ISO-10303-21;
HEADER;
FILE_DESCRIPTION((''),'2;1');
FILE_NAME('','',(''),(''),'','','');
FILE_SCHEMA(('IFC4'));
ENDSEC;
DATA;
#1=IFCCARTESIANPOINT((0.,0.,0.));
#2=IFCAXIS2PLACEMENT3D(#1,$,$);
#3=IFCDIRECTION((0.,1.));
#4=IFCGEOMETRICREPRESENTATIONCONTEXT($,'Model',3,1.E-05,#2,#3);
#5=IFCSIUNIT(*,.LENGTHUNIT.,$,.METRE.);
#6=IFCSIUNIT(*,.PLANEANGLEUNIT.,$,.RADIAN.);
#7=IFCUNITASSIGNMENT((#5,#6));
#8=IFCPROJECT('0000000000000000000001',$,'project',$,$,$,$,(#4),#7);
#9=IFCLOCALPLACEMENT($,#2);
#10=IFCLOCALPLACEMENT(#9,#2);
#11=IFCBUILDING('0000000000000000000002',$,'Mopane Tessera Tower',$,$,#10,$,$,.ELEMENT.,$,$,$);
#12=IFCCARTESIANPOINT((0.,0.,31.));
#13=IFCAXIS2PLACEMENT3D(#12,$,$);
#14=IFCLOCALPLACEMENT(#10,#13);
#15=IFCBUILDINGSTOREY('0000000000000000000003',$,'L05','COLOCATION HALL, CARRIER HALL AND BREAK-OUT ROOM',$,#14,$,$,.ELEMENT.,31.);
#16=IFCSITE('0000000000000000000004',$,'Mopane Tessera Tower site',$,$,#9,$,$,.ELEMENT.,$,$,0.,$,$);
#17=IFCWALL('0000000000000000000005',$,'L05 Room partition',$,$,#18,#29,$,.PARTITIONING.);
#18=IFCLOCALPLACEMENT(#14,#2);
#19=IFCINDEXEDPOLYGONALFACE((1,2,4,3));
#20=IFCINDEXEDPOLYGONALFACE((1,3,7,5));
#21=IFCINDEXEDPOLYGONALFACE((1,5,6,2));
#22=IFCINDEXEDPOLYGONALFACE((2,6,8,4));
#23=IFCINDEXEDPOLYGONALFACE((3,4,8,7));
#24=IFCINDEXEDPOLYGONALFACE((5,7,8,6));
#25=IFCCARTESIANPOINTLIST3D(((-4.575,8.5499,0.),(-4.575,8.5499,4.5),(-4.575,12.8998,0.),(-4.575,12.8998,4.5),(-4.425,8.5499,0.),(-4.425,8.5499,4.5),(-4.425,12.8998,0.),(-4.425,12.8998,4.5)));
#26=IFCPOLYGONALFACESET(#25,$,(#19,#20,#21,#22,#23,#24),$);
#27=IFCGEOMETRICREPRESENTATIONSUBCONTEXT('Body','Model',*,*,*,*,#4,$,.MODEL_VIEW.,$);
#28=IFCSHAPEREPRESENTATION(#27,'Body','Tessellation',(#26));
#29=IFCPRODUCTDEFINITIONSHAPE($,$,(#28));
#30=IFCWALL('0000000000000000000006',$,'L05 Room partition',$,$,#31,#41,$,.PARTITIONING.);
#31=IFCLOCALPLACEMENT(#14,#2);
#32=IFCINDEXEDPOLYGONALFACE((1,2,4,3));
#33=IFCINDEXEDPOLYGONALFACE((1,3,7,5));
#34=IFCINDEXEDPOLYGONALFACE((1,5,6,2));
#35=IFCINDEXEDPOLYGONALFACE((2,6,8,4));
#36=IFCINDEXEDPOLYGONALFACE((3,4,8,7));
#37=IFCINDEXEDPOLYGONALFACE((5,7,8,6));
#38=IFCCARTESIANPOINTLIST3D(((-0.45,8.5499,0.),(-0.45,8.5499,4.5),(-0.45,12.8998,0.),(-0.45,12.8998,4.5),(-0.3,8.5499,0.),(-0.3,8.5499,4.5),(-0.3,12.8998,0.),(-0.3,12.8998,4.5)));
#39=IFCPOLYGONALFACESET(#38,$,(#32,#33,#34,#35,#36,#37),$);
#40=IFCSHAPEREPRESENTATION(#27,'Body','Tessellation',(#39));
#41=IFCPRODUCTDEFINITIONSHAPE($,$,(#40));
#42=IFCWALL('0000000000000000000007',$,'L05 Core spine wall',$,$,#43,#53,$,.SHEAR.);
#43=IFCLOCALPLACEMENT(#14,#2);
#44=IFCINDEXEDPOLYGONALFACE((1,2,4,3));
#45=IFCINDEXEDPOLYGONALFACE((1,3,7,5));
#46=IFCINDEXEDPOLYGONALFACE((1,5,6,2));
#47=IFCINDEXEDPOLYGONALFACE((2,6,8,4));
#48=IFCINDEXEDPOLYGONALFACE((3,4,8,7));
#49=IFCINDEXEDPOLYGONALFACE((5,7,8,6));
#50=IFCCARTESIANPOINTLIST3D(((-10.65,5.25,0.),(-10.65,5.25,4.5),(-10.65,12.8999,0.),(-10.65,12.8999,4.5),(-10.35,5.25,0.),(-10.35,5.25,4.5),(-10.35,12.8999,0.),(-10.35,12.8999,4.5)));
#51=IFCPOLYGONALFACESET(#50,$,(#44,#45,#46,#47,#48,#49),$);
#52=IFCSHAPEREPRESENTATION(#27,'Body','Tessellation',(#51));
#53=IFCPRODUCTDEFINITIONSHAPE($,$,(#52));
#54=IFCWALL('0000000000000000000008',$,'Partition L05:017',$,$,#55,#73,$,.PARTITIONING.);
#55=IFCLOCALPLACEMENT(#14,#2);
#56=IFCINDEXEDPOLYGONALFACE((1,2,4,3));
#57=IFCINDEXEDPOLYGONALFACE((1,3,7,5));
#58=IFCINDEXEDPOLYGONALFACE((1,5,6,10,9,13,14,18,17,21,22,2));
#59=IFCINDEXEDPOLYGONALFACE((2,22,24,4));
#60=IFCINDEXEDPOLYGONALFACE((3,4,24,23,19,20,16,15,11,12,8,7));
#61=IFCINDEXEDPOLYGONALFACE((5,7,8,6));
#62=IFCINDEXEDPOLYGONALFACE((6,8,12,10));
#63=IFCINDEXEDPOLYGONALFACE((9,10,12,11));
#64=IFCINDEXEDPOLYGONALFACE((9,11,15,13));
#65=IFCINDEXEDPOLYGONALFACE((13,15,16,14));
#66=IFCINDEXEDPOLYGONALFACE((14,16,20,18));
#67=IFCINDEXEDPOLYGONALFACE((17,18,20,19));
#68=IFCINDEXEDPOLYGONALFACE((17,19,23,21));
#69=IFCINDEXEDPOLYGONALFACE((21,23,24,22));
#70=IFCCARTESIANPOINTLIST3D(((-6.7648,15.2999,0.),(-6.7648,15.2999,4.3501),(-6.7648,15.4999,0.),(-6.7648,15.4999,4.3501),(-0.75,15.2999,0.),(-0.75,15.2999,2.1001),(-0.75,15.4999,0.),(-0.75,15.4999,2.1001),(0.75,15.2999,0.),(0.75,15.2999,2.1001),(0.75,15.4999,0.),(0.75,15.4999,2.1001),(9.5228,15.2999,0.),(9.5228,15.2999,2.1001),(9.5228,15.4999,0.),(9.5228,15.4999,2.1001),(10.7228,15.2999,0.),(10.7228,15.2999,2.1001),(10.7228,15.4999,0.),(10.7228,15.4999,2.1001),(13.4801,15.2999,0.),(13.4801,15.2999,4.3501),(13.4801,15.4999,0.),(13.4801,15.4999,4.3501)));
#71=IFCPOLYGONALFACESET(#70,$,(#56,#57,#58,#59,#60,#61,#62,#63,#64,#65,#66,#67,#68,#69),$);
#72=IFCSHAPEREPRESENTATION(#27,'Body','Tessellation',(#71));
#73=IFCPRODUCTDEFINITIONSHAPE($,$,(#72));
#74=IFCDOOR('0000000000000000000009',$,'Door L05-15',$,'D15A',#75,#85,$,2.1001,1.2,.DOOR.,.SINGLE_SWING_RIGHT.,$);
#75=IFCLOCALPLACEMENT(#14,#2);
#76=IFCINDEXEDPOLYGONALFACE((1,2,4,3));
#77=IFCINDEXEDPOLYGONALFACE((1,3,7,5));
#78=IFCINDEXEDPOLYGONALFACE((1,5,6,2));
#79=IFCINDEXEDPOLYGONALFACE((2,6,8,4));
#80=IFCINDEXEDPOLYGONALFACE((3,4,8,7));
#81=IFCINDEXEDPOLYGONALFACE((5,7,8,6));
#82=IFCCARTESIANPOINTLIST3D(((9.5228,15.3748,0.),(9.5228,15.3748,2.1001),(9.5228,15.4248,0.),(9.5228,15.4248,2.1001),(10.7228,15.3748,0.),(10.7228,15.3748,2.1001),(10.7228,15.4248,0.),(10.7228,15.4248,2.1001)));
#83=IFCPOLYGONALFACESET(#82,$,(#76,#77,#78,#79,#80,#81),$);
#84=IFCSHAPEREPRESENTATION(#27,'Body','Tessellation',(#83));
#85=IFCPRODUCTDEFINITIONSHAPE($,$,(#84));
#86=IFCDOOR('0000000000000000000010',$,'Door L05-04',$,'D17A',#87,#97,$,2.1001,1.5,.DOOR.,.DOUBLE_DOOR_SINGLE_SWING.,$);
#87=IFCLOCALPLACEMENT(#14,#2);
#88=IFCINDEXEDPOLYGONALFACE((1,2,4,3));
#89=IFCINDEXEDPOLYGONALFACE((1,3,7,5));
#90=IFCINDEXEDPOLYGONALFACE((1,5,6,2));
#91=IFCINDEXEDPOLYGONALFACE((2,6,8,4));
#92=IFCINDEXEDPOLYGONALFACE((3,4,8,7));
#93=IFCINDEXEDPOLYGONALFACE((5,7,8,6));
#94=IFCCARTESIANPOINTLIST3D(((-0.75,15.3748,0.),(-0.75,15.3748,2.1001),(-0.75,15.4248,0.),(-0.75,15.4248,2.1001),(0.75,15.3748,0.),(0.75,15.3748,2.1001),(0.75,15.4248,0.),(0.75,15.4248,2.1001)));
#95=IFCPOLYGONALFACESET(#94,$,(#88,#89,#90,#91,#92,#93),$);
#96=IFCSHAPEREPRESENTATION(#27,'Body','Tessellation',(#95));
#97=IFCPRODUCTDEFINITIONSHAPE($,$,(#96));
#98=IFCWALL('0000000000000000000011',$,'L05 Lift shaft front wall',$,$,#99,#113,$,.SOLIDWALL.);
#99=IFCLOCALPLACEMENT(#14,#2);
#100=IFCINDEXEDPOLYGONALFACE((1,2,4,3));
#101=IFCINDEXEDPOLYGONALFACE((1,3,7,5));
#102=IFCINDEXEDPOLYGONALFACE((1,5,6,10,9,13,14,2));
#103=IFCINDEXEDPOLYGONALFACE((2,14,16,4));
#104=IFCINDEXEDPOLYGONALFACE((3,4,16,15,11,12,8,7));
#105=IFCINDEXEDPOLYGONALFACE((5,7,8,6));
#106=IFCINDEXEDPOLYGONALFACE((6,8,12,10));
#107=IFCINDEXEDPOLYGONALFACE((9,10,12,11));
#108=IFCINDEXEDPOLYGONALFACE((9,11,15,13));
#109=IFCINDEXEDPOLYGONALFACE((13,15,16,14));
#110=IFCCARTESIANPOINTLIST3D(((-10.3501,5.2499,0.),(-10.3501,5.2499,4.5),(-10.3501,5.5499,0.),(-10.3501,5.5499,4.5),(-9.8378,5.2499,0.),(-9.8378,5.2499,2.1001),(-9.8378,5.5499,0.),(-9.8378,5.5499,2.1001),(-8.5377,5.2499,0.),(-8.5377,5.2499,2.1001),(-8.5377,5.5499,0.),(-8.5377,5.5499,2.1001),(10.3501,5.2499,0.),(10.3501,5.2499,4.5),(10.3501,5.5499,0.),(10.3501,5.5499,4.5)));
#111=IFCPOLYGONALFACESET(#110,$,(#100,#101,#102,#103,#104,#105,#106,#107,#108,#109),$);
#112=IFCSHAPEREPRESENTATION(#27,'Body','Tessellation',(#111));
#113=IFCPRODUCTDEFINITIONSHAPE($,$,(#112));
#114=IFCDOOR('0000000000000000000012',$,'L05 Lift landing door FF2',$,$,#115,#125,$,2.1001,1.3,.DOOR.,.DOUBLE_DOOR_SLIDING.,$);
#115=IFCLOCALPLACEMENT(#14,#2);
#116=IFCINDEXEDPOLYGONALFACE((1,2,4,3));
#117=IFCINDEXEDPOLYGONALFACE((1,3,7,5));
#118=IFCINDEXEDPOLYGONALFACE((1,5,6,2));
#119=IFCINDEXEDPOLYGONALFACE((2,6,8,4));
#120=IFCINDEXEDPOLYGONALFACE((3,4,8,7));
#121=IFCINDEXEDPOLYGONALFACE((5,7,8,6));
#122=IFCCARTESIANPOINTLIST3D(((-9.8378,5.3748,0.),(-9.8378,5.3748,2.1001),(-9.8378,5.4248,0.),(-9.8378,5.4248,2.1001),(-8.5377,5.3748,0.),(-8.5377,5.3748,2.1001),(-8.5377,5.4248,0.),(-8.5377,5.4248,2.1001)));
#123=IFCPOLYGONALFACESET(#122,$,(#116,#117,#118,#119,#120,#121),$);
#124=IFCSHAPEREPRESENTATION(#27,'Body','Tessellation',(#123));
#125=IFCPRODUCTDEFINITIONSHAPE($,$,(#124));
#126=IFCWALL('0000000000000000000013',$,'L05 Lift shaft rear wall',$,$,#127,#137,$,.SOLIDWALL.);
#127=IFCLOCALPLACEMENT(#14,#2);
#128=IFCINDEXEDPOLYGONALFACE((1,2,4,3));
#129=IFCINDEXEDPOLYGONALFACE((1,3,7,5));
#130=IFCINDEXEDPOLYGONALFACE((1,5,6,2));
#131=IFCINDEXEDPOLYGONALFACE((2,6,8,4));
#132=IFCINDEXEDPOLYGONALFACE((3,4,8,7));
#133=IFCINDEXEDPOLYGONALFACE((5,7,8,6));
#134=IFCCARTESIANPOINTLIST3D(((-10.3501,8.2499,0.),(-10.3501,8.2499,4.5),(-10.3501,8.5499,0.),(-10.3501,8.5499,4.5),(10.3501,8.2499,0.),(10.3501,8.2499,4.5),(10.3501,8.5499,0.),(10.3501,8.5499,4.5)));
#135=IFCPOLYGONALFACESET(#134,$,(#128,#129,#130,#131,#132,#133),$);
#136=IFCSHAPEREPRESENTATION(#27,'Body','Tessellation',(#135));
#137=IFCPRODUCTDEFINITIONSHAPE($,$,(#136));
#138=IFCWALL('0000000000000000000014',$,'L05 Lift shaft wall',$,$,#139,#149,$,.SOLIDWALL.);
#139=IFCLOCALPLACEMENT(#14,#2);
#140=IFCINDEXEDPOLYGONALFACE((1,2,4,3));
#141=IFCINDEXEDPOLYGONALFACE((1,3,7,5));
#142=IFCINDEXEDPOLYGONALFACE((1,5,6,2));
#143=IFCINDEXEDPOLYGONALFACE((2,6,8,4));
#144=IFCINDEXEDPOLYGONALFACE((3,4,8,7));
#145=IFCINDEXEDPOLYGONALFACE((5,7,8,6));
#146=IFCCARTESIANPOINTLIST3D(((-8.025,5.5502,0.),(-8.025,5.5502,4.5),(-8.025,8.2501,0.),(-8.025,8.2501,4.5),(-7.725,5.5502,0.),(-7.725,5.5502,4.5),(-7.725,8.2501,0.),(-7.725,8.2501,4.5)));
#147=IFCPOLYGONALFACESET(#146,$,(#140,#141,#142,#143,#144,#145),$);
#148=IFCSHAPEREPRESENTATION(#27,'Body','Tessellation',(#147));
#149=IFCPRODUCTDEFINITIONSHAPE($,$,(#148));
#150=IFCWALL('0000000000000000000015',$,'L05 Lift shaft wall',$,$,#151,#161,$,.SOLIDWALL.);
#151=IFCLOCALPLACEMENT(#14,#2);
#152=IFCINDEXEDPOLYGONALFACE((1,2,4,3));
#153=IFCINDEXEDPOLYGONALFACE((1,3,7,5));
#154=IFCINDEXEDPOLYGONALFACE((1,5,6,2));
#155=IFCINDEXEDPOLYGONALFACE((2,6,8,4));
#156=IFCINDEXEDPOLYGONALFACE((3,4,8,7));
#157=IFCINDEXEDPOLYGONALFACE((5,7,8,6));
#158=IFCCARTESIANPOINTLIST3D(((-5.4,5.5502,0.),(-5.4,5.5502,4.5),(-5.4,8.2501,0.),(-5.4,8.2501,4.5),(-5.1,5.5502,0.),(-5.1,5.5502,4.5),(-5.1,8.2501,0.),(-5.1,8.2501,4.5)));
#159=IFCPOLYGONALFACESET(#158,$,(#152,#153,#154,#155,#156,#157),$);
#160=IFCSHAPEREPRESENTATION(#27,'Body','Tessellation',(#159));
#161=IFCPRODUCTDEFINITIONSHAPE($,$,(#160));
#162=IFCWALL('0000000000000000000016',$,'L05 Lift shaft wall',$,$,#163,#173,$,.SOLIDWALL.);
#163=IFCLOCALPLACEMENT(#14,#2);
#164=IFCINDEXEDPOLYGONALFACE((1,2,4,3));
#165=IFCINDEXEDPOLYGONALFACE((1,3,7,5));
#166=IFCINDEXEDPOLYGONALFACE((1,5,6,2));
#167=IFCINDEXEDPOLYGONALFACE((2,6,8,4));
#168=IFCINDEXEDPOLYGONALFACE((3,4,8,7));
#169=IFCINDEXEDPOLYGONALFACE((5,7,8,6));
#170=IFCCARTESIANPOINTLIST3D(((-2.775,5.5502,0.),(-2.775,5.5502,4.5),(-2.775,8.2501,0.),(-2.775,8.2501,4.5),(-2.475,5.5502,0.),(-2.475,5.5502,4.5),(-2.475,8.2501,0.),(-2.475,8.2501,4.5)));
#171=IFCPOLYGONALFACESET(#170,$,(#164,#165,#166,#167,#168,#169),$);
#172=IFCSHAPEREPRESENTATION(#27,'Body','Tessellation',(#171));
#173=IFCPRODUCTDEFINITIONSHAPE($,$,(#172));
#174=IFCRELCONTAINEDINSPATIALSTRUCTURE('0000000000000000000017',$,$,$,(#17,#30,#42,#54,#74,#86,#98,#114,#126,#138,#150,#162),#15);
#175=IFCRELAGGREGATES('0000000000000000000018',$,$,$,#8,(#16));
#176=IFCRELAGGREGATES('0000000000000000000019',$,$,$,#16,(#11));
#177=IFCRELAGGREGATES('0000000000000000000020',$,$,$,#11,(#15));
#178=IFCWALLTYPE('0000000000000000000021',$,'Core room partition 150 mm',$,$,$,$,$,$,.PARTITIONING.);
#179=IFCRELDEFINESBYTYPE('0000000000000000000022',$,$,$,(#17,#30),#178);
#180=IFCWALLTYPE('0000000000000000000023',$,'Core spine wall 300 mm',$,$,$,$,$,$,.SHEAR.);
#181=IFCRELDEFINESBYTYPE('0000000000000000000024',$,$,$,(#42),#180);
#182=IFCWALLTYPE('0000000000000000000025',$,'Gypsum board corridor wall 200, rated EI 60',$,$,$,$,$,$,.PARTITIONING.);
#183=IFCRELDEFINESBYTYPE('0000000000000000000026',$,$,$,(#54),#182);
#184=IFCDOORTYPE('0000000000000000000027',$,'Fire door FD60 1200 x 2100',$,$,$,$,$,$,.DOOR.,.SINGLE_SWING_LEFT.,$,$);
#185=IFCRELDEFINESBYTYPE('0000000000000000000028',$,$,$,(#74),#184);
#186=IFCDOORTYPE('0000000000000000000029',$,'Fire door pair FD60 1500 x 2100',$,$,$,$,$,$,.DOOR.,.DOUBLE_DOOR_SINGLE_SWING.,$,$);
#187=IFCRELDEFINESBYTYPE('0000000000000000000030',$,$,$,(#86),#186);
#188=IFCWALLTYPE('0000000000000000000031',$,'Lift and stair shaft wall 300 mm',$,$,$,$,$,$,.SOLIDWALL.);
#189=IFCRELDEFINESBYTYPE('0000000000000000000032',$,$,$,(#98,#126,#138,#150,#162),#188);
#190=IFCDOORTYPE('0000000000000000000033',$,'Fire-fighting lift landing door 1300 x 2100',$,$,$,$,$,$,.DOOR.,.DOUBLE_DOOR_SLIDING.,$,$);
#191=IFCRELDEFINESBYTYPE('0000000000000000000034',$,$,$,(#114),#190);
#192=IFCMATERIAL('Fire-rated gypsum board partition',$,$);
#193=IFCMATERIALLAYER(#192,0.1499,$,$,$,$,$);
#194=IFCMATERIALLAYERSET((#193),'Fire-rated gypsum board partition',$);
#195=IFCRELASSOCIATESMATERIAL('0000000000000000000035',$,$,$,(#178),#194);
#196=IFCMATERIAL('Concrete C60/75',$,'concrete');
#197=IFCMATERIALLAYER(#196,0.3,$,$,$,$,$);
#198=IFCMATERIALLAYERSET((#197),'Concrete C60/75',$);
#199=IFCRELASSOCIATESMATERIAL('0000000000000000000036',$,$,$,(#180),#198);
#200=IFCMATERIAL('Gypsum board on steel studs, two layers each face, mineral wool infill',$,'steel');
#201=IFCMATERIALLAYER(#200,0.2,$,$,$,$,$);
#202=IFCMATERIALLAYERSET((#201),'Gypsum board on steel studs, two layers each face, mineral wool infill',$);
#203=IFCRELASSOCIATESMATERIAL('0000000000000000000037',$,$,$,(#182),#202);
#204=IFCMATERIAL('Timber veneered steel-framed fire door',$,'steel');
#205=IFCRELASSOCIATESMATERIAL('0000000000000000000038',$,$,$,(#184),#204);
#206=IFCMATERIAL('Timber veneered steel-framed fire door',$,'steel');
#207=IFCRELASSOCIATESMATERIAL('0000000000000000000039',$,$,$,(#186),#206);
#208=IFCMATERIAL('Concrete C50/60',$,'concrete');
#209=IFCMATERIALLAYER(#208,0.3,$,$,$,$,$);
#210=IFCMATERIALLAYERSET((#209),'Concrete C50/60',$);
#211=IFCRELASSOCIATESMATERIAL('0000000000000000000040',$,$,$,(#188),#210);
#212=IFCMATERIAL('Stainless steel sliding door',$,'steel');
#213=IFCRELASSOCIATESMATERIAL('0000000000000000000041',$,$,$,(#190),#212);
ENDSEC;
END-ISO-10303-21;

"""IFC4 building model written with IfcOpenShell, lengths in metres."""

from ifc_helpers import new_model, si_unit, direction, frame, frame_2d, origin, place, context, subcontext, project, spatial, rectangle, extrude, material, layer, layer_set, type_object, element, fill, save


model = new_model("IFC4")

# Units and contexts
model_context = context("Model", 3, precision=1e-05, world=origin(), true_north=direction((0.0, 1.0)))
body_context = subcontext(model_context, "Body", "Model", "MODEL_VIEW")
ifc_project = project(units=[si_unit("LENGTHUNIT", "METRE"), si_unit("PLANEANGLEUNIT", "RADIAN")], contexts=[model_context])

# Site, building, storey
site_placement = place(None, origin())
site = spatial("IfcSite", under=ifc_project, at=site_placement, Name="Mopane Tessera Tower site", CompositionType="ELEMENT", RefElevation=0.0)
building_placement = place(site_placement, origin())
building = spatial("IfcBuilding", under=site, at=building_placement, Name="Mopane Tessera Tower", CompositionType="ELEMENT")
storey_placement = place(building_placement, frame((0.0, 0.0, 31.0)))
storey = spatial("IfcBuildingStorey", under=building, at=storey_placement, Name="L05", Description="COLOCATION HALL, CARRIER HALL AND BREAK-OUT ROOM", CompositionType="ELEMENT", Elevation=31.0)

# Walls
ifc_material_1 = material(Name="Fire-rated gypsum board partition")
ifc_layer_1 = layer(ifc_material_1, 0.1499)
ifc_layer_set_1 = layer_set([ifc_layer_1], Name="Fire-rated gypsum board partition")
wall_type_1 = type_object("IfcWallType", Name="Core room partition 150 mm", PredefinedType="PARTITIONING", material=ifc_layer_set_1)
for number, where, z_axis, x_axis, name in (
    (1, (-4.5, 8.55, 0.0), (0.0, 0.0, 1.0), (0.0, 1.0, 0.0), "L05 Room partition"),
    (2, (-0.375, 8.55, 0.0), (0.0, 0.0, 1.0), (0.0, 1.0, 0.0), "L05 Room partition"),
):
    element("IfcWall", number, at=place(storey_placement, frame(where, z_axis=z_axis, x_axis=x_axis)), inside=storey, type_object=wall_type_1, Name=name, PredefinedType="PARTITIONING", context=body_context, shape_type="SweptSolid", body=[
        extrude(rectangle(XDim=4.3499, YDim=0.1499, at=frame_2d((2.1748, 0.0))), origin(), (0.0, 0.0, 1.0), 4.5),
    ])
ifc_material_2 = material(Name="Concrete C60/75", Category="concrete")
ifc_layer_2 = layer(ifc_material_2, 0.3)
ifc_layer_set_2 = layer_set([ifc_layer_2], Name="Concrete C60/75")
wall_type_2 = type_object("IfcWallType", Name="Core spine wall 300 mm", PredefinedType="SHEAR", material=ifc_layer_set_2)
wall_1_placement = place(storey_placement, frame((-10.5, 5.25, 0.0), z_axis=(0.0, 0.0, 1.0), x_axis=(0.0, 1.0, 0.0)))
element("IfcWall", 3, at=wall_1_placement, inside=storey, type_object=wall_type_2, Name="L05 Core spine wall", PredefinedType="SHEAR", context=body_context, shape_type="SweptSolid", body=[
    extrude(rectangle(XDim=7.6499, YDim=0.3, at=frame_2d((3.825, 0.0))), origin(), (0.0, 0.0, 1.0), 4.5),
])

# Wall, openings, doors
ifc_material_3 = material(Name="Gypsum board on steel studs, two layers each face, mineral wool infill", Category="steel")
ifc_layer_3 = layer(ifc_material_3, 0.2)
ifc_layer_set_3 = layer_set([ifc_layer_3], Name="Gypsum board on steel studs, two layers each face, mineral wool infill")
wall_type_3 = type_object("IfcWallType", Name="Gypsum board corridor wall 200, rated EI 60", PredefinedType="PARTITIONING", material=ifc_layer_set_3)
wall_2_placement = place(storey_placement, frame((-6.7649, 15.3999, 0.0), z_axis=(0.0, 0.0, 1.0), x_axis=(1.0, 0.0, 0.0)))
wall_2 = element("IfcWall", 4, at=wall_2_placement, inside=storey, type_object=wall_type_3, Name="Partition L05:017", PredefinedType="PARTITIONING", context=body_context, shape_type="SweptSolid", body=[
    extrude(rectangle(XDim=20.2449, YDim=0.2, at=frame_2d((10.1226, 0.0))), origin(), (0.0, 0.0, 1.0), 4.3501),
])
opening_1_placement = place(wall_2_placement, frame((6.0149, 0.0, 0.0)))
opening_1 = element("IfcOpeningElement", 5, at=opening_1_placement, cuts=wall_2, PredefinedType="OPENING", context=body_context, shape_type="SweptSolid", body=[
    extrude(rectangle(XDim=1.5, YDim=2.1001, at=frame_2d((0.75, 1.05))), frame((0.0, 0.1121, 0.0), z_axis=(0.0, -1.0, 0.0), x_axis=(1.0, 0.0, 0.0)), (0.0, 0.0, 1.0), 0.2239),
])
opening_2_placement = place(wall_2_placement, frame((16.2876, 0.0, 0.0)))
opening_2 = element("IfcOpeningElement", 6, at=opening_2_placement, cuts=wall_2, PredefinedType="OPENING", context=body_context, shape_type="SweptSolid", body=[
    extrude(rectangle(XDim=1.2, YDim=2.1001, at=frame_2d((0.6001, 1.05))), frame((0.0, 0.1121, 0.0), z_axis=(0.0, -1.0, 0.0), x_axis=(1.0, 0.0, 0.0)), (0.0, 0.0, 1.0), 0.2239),
])
ifc_material_4 = material(Name="Timber veneered steel-framed fire door", Category="steel")
door_type_1 = type_object("IfcDoorType", Name="Fire door FD60 1200 x 2100", OperationType="SINGLE_SWING_LEFT", PredefinedType="DOOR", material=ifc_material_4)
door_1_placement = place(opening_2_placement, origin())
door_1 = element("IfcDoor", 7, at=door_1_placement, inside=storey, type_object=door_type_1, Name="Door L05-15", ObjectType="D15A", OperationType="SINGLE_SWING_RIGHT", OverallHeight=2.1001, OverallWidth=1.2, PredefinedType="DOOR", context=body_context, shape_type="SweptSolid", body=[
    extrude(rectangle(XDim=1.2, YDim=2.1001, at=frame_2d((0.6001, 1.05))), frame((0.0, 0.0249, 0.0), z_axis=(0.0, -1.0, 0.0), x_axis=(1.0, 0.0, 0.0)), (0.0, 0.0, 1.0), 0.05),
])
fill(opening_2, door_1)
ifc_material_5 = material(Name="Timber veneered steel-framed fire door", Category="steel")
door_type_2 = type_object("IfcDoorType", Name="Fire door pair FD60 1500 x 2100", OperationType="DOUBLE_DOOR_SINGLE_SWING", PredefinedType="DOOR", material=ifc_material_5)
door_2_placement = place(opening_1_placement, origin())
door_2 = element("IfcDoor", 8, at=door_2_placement, inside=storey, type_object=door_type_2, Name="Door L05-04", ObjectType="D17A", OperationType="DOUBLE_DOOR_SINGLE_SWING", OverallHeight=2.1001, OverallWidth=1.5, PredefinedType="DOOR", context=body_context, shape_type="SweptSolid", body=[
    extrude(rectangle(XDim=1.5, YDim=2.1001, at=frame_2d((0.75, 1.05))), frame((0.0, 0.0249, 0.0), z_axis=(0.0, -1.0, 0.0), x_axis=(1.0, 0.0, 0.0)), (0.0, 0.0, 1.0), 0.05),
])
fill(opening_1, door_2)

# Wall, opening, door
ifc_material_6 = material(Name="Concrete C50/60", Category="concrete")
ifc_layer_4 = layer(ifc_material_6, 0.3)
ifc_layer_set_4 = layer_set([ifc_layer_4], Name="Concrete C50/60")
wall_type_4 = type_object("IfcWallType", Name="Lift and stair shaft wall 300 mm", PredefinedType="SOLIDWALL", material=ifc_layer_set_4)
wall_3_placement = place(storey_placement, frame((-10.3501, 5.3999, 0.0), z_axis=(0.0, 0.0, 1.0), x_axis=(1.0, 0.0, 0.0)))
wall_3 = element("IfcWall", 9, at=wall_3_placement, inside=storey, type_object=wall_type_4, Name="L05 Lift shaft front wall", PredefinedType="SOLIDWALL", context=body_context, shape_type="SweptSolid", body=[
    extrude(rectangle(XDim=20.7002, YDim=0.3, at=frame_2d((10.3501, 0.0))), origin(), (0.0, 0.0, 1.0), 4.5),
])
opening_3_placement = place(wall_3_placement, frame((0.5125, 0.0, 0.0)))
opening_3 = element("IfcOpeningElement", 10, at=opening_3_placement, cuts=wall_3, PredefinedType="OPENING", context=body_context, shape_type="SweptSolid", body=[
    extrude(rectangle(XDim=1.3, YDim=2.1001, at=frame_2d((0.6499, 1.05))), frame((0.0, 0.1621, 0.0), z_axis=(0.0, -1.0, 0.0), x_axis=(1.0, 0.0, 0.0)), (0.0, 0.0, 1.0), 0.324),
])
ifc_material_7 = material(Name="Stainless steel sliding door", Category="steel")
door_type_3 = type_object("IfcDoorType", Name="Fire-fighting lift landing door 1300 x 2100", OperationType="DOUBLE_DOOR_SLIDING", PredefinedType="DOOR", material=ifc_material_7)
door_3_placement = place(opening_3_placement, origin())
door_3 = element("IfcDoor", 11, at=door_3_placement, inside=storey, type_object=door_type_3, Name="L05 Lift landing door FF2", OperationType="DOUBLE_DOOR_SLIDING", OverallHeight=2.1001, OverallWidth=1.3, PredefinedType="DOOR", context=body_context, shape_type="SweptSolid", body=[
    extrude(rectangle(XDim=1.3, YDim=2.1001, at=frame_2d((0.6499, 1.05))), frame((0.0, 0.0249, 0.0), z_axis=(0.0, -1.0, 0.0), x_axis=(1.0, 0.0, 0.0)), (0.0, 0.0, 1.0), 0.05),
])
fill(opening_3, door_3)

# Walls
wall_4_placement = place(storey_placement, frame((-10.3501, 8.3999, 0.0), z_axis=(0.0, 0.0, 1.0), x_axis=(1.0, 0.0, 0.0)))
element("IfcWall", 12, at=wall_4_placement, inside=storey, type_object=wall_type_4, Name="L05 Lift shaft rear wall", PredefinedType="SOLIDWALL", context=body_context, shape_type="SweptSolid", body=[
    extrude(rectangle(XDim=20.7002, YDim=0.3, at=frame_2d((10.3501, 0.0))), origin(), (0.0, 0.0, 1.0), 4.5),
])
for number, where, z_axis, x_axis, name in (
    (13, (-7.875, 5.55, 0.0), (0.0, 0.0, 1.0), (0.0, 1.0, 0.0), "L05 Lift shaft wall"),
    (14, (-5.25, 5.55, 0.0), (0.0, 0.0, 1.0), (0.0, 1.0, 0.0), "L05 Lift shaft wall"),
    (15, (-2.625, 5.55, 0.0), (0.0, 0.0, 1.0), (0.0, 1.0, 0.0), "L05 Lift shaft wall"),
):
    element("IfcWall", number, at=place(storey_placement, frame(where, z_axis=z_axis, x_axis=x_axis)), inside=storey, type_object=wall_type_4, Name=name, PredefinedType="SOLIDWALL", context=body_context, shape_type="SweptSolid", body=[
        extrude(rectangle(XDim=2.7, YDim=0.3, at=frame_2d((1.3501, 0.0))), origin(), (0.0, 0.0, 1.0), 4.5),
    ])

save(model, "model.ifc")
